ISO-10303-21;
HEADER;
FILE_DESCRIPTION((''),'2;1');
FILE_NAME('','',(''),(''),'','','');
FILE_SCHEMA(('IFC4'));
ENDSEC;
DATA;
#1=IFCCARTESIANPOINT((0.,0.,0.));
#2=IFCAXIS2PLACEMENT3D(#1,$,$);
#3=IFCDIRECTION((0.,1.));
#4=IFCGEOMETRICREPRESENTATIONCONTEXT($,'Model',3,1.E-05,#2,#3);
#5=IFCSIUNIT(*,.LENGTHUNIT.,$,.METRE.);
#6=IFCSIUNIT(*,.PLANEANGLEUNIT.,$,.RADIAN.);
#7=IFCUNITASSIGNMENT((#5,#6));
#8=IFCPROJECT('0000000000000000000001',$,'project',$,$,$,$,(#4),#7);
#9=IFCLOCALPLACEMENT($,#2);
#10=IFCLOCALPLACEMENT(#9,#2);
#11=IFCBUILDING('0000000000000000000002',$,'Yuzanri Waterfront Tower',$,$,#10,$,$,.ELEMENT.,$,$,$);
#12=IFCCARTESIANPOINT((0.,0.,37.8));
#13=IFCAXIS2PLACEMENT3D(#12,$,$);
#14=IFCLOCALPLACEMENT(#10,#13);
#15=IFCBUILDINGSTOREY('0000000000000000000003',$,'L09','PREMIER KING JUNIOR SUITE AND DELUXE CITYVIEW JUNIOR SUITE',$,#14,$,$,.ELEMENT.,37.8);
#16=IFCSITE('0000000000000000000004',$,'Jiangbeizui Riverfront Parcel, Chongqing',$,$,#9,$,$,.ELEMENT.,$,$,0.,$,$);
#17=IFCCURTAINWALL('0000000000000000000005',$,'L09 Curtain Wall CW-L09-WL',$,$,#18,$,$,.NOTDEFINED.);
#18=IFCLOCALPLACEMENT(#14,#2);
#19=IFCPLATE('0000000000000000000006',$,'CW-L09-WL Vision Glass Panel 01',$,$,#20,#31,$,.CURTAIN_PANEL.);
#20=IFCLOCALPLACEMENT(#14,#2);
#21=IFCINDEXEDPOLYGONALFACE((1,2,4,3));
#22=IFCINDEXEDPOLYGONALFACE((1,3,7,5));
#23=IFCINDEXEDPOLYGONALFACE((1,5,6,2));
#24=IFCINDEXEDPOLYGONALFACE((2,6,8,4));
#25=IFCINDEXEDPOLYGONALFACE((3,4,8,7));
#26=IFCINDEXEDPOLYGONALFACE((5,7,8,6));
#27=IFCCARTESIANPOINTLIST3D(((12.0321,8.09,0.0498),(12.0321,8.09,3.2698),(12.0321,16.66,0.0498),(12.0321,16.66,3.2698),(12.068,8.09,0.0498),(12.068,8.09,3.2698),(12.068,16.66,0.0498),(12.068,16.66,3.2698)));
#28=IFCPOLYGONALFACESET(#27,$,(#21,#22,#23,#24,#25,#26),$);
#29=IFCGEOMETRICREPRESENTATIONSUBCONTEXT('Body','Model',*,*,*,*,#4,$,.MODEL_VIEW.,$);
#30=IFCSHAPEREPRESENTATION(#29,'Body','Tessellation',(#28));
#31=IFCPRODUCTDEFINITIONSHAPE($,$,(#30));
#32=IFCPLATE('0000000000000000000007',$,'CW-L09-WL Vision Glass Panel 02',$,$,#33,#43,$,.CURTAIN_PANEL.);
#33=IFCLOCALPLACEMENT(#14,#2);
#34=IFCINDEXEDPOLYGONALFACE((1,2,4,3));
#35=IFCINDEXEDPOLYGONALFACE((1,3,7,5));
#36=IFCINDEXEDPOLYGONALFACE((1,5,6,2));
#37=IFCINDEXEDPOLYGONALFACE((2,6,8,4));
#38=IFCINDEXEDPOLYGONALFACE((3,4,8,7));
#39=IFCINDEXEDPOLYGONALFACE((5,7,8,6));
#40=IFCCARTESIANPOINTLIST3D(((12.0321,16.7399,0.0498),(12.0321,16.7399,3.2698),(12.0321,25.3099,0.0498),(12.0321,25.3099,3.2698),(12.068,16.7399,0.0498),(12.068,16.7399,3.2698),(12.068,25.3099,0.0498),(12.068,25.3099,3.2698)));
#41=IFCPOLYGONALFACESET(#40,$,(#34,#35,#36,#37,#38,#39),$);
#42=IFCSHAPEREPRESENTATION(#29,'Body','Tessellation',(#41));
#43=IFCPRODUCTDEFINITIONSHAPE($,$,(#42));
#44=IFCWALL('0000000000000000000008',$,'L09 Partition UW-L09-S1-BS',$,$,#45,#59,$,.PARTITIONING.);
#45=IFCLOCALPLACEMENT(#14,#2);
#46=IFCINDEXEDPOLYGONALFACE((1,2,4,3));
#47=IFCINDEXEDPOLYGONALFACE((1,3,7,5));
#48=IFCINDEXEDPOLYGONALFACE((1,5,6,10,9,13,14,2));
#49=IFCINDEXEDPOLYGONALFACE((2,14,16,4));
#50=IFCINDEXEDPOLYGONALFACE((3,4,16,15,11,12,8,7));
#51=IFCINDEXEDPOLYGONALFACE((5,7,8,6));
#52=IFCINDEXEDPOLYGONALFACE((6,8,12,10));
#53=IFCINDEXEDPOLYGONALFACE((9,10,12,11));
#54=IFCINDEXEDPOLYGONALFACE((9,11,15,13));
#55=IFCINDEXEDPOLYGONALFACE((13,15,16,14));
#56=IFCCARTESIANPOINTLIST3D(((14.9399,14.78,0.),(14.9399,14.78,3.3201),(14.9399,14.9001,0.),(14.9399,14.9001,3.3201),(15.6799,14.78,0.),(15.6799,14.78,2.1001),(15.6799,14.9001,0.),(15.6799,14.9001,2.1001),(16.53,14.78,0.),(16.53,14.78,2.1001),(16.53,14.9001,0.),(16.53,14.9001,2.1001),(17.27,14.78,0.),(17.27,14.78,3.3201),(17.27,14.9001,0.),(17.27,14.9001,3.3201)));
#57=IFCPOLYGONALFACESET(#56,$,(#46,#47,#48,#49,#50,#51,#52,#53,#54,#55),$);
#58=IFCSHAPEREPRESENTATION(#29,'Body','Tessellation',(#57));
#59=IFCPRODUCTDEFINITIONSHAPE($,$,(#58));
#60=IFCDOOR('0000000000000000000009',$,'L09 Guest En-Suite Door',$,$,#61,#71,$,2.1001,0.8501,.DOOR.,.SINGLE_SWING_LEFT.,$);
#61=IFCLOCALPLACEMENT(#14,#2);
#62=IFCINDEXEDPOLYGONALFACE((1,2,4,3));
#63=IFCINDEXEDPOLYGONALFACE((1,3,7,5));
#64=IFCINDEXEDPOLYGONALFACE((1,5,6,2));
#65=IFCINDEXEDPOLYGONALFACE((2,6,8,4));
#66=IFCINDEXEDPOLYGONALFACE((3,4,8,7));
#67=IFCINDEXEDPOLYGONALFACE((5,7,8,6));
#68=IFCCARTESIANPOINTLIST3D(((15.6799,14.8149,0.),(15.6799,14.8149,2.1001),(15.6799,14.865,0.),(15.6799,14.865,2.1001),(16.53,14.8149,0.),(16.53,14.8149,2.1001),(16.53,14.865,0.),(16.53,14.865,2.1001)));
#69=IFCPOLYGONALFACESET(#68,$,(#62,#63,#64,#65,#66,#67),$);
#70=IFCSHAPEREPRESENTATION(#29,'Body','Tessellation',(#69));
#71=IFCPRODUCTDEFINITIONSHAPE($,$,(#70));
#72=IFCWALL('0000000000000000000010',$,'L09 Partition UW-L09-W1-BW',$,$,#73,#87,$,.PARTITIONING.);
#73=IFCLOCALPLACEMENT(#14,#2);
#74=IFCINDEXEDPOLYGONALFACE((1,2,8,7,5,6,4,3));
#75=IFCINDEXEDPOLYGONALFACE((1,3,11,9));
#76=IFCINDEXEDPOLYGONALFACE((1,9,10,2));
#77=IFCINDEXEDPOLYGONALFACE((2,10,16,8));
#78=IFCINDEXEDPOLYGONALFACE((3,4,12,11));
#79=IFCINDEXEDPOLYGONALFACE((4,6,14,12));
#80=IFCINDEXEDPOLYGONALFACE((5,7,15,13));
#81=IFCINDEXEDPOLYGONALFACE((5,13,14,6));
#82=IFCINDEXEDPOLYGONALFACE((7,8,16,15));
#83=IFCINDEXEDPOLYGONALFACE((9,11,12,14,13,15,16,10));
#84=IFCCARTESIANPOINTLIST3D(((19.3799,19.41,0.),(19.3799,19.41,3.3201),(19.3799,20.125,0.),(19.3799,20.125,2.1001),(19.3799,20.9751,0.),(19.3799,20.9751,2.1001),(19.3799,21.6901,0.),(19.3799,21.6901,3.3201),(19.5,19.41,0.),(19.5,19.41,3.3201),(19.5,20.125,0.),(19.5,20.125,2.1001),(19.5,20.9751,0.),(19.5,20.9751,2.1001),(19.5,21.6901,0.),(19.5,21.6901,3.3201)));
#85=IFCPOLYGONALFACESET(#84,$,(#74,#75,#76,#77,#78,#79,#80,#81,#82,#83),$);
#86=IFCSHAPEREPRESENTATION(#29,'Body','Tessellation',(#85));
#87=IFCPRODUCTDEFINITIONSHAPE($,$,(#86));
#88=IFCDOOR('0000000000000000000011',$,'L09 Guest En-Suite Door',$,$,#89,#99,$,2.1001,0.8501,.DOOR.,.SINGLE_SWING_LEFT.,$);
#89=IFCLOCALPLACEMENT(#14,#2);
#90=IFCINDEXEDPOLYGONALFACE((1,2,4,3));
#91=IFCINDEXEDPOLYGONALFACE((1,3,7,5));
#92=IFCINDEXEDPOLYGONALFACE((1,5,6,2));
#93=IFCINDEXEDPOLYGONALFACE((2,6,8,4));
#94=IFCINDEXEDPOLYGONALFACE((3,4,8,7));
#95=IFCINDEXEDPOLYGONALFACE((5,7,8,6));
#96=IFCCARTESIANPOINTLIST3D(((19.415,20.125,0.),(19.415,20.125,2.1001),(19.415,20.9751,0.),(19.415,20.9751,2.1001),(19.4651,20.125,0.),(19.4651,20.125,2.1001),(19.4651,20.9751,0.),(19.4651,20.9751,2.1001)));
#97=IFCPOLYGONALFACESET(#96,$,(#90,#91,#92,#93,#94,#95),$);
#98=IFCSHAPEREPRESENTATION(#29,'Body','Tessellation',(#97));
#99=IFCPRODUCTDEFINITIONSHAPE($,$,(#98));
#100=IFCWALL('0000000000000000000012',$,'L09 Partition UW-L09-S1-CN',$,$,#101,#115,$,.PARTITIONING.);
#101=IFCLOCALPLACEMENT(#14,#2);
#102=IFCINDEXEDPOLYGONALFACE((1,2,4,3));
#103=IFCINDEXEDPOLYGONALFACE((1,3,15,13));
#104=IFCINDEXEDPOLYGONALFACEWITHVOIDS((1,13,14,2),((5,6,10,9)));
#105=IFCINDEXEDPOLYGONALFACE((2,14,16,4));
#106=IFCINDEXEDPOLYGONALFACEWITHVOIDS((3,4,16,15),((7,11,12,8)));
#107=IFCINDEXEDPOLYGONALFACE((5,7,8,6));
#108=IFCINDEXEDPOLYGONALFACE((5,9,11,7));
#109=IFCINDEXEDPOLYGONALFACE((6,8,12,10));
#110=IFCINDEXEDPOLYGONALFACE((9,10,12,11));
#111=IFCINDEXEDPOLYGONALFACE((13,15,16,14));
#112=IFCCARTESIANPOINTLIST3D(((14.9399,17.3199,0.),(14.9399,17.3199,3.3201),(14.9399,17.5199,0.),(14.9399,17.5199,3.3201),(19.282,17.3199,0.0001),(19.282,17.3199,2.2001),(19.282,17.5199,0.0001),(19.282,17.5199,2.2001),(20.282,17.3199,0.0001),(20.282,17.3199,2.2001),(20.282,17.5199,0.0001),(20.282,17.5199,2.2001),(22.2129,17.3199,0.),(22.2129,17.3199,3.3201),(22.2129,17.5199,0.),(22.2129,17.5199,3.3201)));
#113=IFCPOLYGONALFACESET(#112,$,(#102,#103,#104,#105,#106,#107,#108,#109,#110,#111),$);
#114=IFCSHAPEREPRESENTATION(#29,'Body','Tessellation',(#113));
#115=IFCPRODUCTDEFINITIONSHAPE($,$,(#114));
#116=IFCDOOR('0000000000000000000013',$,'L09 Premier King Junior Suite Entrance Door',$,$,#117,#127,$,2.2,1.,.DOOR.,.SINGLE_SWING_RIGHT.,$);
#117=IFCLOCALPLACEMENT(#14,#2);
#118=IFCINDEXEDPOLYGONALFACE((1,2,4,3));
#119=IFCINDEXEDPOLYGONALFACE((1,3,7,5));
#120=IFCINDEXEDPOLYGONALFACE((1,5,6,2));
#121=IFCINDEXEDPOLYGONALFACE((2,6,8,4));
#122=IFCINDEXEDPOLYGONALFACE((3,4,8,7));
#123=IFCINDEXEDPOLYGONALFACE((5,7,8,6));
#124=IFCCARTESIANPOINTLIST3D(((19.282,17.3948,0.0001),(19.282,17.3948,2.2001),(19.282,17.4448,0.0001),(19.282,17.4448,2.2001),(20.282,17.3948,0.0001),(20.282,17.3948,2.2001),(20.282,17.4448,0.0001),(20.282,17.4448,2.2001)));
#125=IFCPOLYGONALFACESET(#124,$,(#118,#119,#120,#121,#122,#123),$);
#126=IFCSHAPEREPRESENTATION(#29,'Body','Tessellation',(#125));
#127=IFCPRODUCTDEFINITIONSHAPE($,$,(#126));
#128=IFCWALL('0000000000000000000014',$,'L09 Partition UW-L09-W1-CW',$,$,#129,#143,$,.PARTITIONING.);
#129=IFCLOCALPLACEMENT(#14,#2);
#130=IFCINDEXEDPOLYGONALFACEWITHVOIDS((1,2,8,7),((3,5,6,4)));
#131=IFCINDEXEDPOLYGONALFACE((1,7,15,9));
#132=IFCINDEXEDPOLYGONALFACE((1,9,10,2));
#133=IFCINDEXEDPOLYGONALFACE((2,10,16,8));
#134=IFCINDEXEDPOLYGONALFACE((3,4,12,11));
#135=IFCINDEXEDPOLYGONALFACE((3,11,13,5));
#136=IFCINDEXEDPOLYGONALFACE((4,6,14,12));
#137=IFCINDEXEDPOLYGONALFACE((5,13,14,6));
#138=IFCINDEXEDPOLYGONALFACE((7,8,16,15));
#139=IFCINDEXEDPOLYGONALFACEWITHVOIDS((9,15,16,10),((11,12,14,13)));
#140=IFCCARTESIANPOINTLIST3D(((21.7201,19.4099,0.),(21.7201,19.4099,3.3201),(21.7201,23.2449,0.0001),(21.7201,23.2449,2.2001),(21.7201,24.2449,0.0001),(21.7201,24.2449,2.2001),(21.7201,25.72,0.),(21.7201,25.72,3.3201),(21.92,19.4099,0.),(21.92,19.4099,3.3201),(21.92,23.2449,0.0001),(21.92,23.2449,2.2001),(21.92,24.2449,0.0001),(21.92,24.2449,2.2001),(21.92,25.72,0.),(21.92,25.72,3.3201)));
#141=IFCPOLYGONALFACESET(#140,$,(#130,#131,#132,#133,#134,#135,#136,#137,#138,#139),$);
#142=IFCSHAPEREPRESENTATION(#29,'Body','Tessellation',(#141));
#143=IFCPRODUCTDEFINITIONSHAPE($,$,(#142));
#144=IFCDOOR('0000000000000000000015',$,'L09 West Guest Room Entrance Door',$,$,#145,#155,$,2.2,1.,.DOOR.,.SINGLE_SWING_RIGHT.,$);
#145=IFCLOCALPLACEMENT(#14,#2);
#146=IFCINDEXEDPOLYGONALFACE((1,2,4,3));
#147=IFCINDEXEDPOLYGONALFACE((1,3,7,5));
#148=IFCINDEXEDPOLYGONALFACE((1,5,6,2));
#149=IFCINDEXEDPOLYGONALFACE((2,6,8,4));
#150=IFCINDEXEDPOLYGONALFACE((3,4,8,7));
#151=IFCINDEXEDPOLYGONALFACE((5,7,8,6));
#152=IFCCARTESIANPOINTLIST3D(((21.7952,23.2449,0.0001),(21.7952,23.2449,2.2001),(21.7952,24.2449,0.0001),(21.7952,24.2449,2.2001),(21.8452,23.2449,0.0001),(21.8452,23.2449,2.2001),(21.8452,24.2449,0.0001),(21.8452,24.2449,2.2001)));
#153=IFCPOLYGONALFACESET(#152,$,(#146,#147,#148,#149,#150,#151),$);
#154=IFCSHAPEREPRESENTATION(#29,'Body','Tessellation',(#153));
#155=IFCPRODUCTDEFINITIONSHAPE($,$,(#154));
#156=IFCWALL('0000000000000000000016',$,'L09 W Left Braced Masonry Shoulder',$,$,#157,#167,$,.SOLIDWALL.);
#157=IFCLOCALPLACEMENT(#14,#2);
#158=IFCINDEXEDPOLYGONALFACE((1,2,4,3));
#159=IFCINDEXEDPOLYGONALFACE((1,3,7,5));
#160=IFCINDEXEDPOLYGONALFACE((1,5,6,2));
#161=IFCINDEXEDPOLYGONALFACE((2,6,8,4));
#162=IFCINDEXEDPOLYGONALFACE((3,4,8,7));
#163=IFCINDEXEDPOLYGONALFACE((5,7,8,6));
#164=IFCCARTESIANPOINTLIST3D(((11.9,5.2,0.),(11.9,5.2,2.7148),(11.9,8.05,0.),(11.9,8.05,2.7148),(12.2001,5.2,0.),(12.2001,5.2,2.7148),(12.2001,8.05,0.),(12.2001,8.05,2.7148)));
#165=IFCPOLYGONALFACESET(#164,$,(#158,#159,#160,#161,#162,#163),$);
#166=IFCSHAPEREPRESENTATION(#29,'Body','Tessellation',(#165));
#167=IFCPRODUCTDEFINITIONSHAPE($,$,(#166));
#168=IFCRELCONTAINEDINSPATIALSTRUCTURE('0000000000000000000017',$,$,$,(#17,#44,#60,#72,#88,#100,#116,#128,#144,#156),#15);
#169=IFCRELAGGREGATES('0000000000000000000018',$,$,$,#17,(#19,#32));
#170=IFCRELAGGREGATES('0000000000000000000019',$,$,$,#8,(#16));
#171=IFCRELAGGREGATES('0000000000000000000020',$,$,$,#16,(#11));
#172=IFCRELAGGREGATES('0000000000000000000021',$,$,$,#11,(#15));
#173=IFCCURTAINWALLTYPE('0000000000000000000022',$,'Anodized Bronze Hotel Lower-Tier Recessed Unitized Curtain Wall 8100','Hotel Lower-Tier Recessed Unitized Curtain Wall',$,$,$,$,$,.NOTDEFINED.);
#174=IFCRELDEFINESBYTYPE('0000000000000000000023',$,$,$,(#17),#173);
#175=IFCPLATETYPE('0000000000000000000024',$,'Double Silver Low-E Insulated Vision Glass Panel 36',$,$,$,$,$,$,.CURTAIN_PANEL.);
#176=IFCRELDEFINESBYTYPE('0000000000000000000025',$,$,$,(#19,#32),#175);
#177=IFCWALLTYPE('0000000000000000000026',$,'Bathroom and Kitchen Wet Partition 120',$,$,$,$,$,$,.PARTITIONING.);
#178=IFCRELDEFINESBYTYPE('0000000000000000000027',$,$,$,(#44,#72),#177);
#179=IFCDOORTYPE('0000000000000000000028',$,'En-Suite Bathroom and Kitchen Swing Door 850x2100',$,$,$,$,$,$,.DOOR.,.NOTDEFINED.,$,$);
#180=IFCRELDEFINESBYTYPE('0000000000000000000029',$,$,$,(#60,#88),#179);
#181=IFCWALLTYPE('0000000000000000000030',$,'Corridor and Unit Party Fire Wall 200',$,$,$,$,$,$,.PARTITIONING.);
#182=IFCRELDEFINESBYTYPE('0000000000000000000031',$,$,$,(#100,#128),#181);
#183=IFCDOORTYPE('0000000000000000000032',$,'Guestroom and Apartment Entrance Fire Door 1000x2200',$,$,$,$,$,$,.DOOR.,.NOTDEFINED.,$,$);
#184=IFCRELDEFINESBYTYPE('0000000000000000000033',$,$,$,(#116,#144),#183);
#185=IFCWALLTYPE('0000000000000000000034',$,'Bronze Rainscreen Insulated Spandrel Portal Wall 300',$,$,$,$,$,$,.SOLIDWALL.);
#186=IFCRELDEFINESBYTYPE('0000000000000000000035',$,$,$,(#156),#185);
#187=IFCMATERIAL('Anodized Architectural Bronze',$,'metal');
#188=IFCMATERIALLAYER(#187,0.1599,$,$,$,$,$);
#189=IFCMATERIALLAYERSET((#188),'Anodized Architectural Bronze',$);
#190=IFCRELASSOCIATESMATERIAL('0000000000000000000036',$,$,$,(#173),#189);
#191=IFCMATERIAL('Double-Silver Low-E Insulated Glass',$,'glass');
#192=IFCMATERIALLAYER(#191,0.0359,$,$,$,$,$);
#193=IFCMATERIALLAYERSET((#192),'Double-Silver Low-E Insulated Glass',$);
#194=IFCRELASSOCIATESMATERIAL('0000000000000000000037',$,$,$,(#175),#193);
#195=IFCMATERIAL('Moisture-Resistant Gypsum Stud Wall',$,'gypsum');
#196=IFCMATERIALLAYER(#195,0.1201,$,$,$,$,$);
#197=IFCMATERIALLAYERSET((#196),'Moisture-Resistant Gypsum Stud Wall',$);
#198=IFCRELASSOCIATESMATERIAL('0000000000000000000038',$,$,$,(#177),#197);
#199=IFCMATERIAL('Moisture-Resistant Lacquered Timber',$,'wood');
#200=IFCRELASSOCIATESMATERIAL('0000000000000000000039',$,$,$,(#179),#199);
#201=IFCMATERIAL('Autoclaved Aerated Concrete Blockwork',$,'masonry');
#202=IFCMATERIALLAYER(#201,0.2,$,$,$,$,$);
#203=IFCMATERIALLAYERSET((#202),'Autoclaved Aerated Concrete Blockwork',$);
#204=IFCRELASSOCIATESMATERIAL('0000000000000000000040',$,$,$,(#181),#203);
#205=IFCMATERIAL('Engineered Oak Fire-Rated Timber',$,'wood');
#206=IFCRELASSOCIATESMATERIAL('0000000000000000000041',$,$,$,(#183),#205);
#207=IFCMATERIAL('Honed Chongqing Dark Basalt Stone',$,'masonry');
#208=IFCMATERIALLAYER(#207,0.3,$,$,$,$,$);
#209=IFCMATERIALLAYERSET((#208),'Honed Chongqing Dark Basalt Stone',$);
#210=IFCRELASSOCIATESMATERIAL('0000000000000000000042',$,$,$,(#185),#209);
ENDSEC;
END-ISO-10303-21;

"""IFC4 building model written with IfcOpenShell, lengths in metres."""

from ifc_helpers import new_model, si_unit, direction, frame, frame_2d, origin, origin_2d, place, context, subcontext, project, spatial, rectangle, extrude, source, transform, mapped, material, layer, layer_set, type_object, element, fill, aggregate, save


model = new_model("IFC4")

# Units and contexts
model_context = context("Model", 3, precision=1e-05, world=origin(), true_north=direction((0.0, 1.0)))
body_context = subcontext(model_context, "Body", "Model", "MODEL_VIEW")
ifc_project = project(units=[si_unit("LENGTHUNIT", "METRE"), si_unit("PLANEANGLEUNIT", "RADIAN")], contexts=[model_context])

# Site, building, storey
site_placement = place(None, origin())
site = spatial("IfcSite", under=ifc_project, at=site_placement, Name="Jiangbeizui Riverfront Parcel, Chongqing", CompositionType="ELEMENT", RefElevation=0.0)
building_placement = place(site_placement, origin())
building = spatial("IfcBuilding", under=site, at=building_placement, Name="Yuzanri Waterfront Tower", CompositionType="ELEMENT")
storey_placement = place(building_placement, frame((0.0, 0.0, 37.8)))
storey = spatial("IfcBuildingStorey", under=building, at=storey_placement, Name="L09", Description="PREMIER KING JUNIOR SUITE AND DELUXE CITYVIEW JUNIOR SUITE", CompositionType="ELEMENT", Elevation=37.8)

# Curtain wall
ifc_material_1 = material(Name="Anodized Architectural Bronze", Category="metal")
ifc_layer_1 = layer(ifc_material_1, 0.1599)
ifc_layer_set_1 = layer_set([ifc_layer_1], Name="Anodized Architectural Bronze")
curtain_wall_type = type_object("IfcCurtainWallType", Name="Anodized Bronze Hotel Lower-Tier Recessed Unitized Curtain Wall 8100", Description="Hotel Lower-Tier Recessed Unitized Curtain Wall", PredefinedType="NOTDEFINED", material=ifc_layer_set_1)
curtain_wall_placement = place(storey_placement, origin())
curtain_wall = element("IfcCurtainWall", 1, at=curtain_wall_placement, inside=storey, type_object=curtain_wall_type, Name="L09 Curtain Wall CW-L09-WL", PredefinedType="NOTDEFINED")

# Plates
ifc_material_2 = material(Name="Double-Silver Low-E Insulated Glass", Category="glass")
ifc_layer_2 = layer(ifc_material_2, 0.0359)
ifc_layer_set_2 = layer_set([ifc_layer_2], Name="Double-Silver Low-E Insulated Glass")
plate_type_1 = type_object("IfcPlateType", Name="Double Silver Low-E Insulated Vision Glass Panel 36", PredefinedType="CURTAIN_PANEL", material=ifc_layer_set_2)
shared_shape_1 = source(origin(), body_context, "Body", "SweptSolid", [
    extrude(rectangle(XDim=8.5701, YDim=0.0359, at=origin_2d()), origin(), (0.0, 0.0, 1.0), 3.22),
])
plate_1_placement = place(storey_placement, frame((12.05, 12.375, 0.0498), z_axis=(0.0, 0.0, 1.0), x_axis=(0.0, 1.0, 0.0)))
plate_1 = element("IfcPlate", 2, at=plate_1_placement, type_object=plate_type_1, Name="CW-L09-WL Vision Glass Panel 01", PredefinedType="CURTAIN_PANEL", context=body_context, shape_type="MappedRepresentation", body=[
    mapped(shared_shape_1, transform((0.0, 0.0, 0.0), scale=1.0)),
])
plate_2_placement = place(storey_placement, frame((12.05, 21.0249, 0.0498), z_axis=(0.0, 0.0, 1.0), x_axis=(0.0, 1.0, 0.0)))
plate_2 = element("IfcPlate", 3, at=plate_2_placement, type_object=plate_type_1, Name="CW-L09-WL Vision Glass Panel 02", PredefinedType="CURTAIN_PANEL", context=body_context, shape_type="MappedRepresentation", body=[
    mapped(shared_shape_1, transform((0.0, 0.0, 0.0), scale=1.0)),
])
aggregate(curtain_wall, [plate_1, plate_2])

# Walls, openings, doors
ifc_material_3 = material(Name="Moisture-Resistant Gypsum Stud Wall", Category="gypsum")
ifc_layer_3 = layer(ifc_material_3, 0.1201)
ifc_layer_set_3 = layer_set([ifc_layer_3], Name="Moisture-Resistant Gypsum Stud Wall")
wall_type_1 = type_object("IfcWallType", Name="Bathroom and Kitchen Wet Partition 120", PredefinedType="PARTITIONING", material=ifc_layer_set_3)
wall_1_placement = place(storey_placement, frame((14.9399, 14.8401, 0.0), z_axis=(0.0, 0.0, 1.0), x_axis=(1.0, 0.0, 0.0)))
wall_1 = element("IfcWall", 4, at=wall_1_placement, inside=storey, type_object=wall_type_1, Name="L09 Partition UW-L09-S1-BS", PredefinedType="PARTITIONING", context=body_context, shape_type="SweptSolid", body=[
    extrude(rectangle(XDim=2.3301, YDim=0.1201, at=frame_2d((1.165, 0.0))), origin(), (0.0, 0.0, 1.0), 3.3201),
])
opening_1_placement = place(wall_1_placement, frame((0.74, 0.0, 0.0)))
opening_1 = element("IfcOpeningElement", 5, at=opening_1_placement, cuts=wall_1, PredefinedType="OPENING", context=body_context, shape_type="SweptSolid", body=[
    extrude(rectangle(XDim=0.8501, YDim=2.1001, at=frame_2d((0.425, 1.05))), frame((0.0, 0.075, 0.0), z_axis=(0.0, -1.0, 0.0), x_axis=(1.0, 0.0, 0.0)), (0.0, 0.0, 1.0), 0.1499),
])
ifc_material_4 = material(Name="Moisture-Resistant Lacquered Timber", Category="wood")
door_type_1 = type_object("IfcDoorType", Name="En-Suite Bathroom and Kitchen Swing Door 850x2100", OperationType="NOTDEFINED", PredefinedType="DOOR", material=ifc_material_4)
shared_shape_2 = source(origin(), body_context, "Body", "SweptSolid", [
    extrude(rectangle(XDim=0.8501, YDim=2.1001, at=frame_2d((0.425, 1.05))), frame((0.0, 0.0249, 0.0), z_axis=(0.0, -1.0, 0.0), x_axis=(1.0, 0.0, 0.0)), (0.0, 0.0, 1.0), 0.05),
])
door_1_placement = place(opening_1_placement, origin())
door_1 = element("IfcDoor", 6, at=door_1_placement, inside=storey, type_object=door_type_1, Name="L09 Guest En-Suite Door", OperationType="SINGLE_SWING_LEFT", OverallHeight=2.1001, OverallWidth=0.8501, PredefinedType="DOOR", context=body_context, shape_type="MappedRepresentation", body=[
    mapped(shared_shape_2, transform((0.0, 0.0, 0.0), scale=1.0)),
])
fill(opening_1, door_1)
wall_2_placement = place(storey_placement, frame((19.4399, 19.4099, 0.0), z_axis=(0.0, 0.0, 1.0), x_axis=(0.0, 1.0, 0.0)))
wall_2 = element("IfcWall", 7, at=wall_2_placement, inside=storey, type_object=wall_type_1, Name="L09 Partition UW-L09-W1-BW", PredefinedType="PARTITIONING", context=body_context, shape_type="SweptSolid", body=[
    extrude(rectangle(XDim=2.28, YDim=0.1201, at=frame_2d((1.1401, 0.0))), origin(), (0.0, 0.0, 1.0), 3.3201),
])
opening_2_placement = place(wall_2_placement, frame((0.7151, 0.0, 0.0)))
opening_2 = element("IfcOpeningElement", 8, at=opening_2_placement, cuts=wall_2, PredefinedType="OPENING", context=body_context, shape_type="SweptSolid", body=[
    extrude(rectangle(XDim=0.8501, YDim=2.1001, at=frame_2d((0.425, 1.05))), frame((0.0, 0.075, 0.0), z_axis=(0.0, -1.0, 0.0), x_axis=(1.0, 0.0, 0.0)), (0.0, 0.0, 1.0), 0.1499),
])
door_2_placement = place(opening_2_placement, origin())
door_2 = element("IfcDoor", 9, at=door_2_placement, inside=storey, type_object=door_type_1, Name="L09 Guest En-Suite Door", OperationType="SINGLE_SWING_LEFT", OverallHeight=2.1001, OverallWidth=0.8501, PredefinedType="DOOR", context=body_context, shape_type="MappedRepresentation", body=[
    mapped(shared_shape_2, transform((0.0, 0.0, 0.0), scale=1.0)),
])
fill(opening_2, door_2)
ifc_material_5 = material(Name="Autoclaved Aerated Concrete Blockwork", Category="masonry")
ifc_layer_4 = layer(ifc_material_5, 0.2)
ifc_layer_set_4 = layer_set([ifc_layer_4], Name="Autoclaved Aerated Concrete Blockwork")
wall_type_2 = type_object("IfcWallType", Name="Corridor and Unit Party Fire Wall 200", PredefinedType="PARTITIONING", material=ifc_layer_set_4)
wall_3_placement = place(storey_placement, frame((14.9399, 17.4199, 0.0), z_axis=(0.0, 0.0, 1.0), x_axis=(1.0, 0.0, 0.0)))
wall_3 = element("IfcWall", 10, at=wall_3_placement, inside=storey, type_object=wall_type_2, Name="L09 Partition UW-L09-S1-CN", PredefinedType="PARTITIONING", context=body_context, shape_type="SweptSolid", body=[
    extrude(rectangle(XDim=7.2729, YDim=0.2, at=frame_2d((3.6365, 0.0))), origin(), (0.0, 0.0, 1.0), 3.3201),
])
opening_3_placement = place(wall_3_placement, frame((4.342, 0.0, 0.0)))
opening_3 = element("IfcOpeningElement", 11, at=opening_3_placement, cuts=wall_3, PredefinedType="OPENING", context=body_context, shape_type="SweptSolid", body=[
    extrude(rectangle(XDim=1.0, YDim=2.2, at=frame_2d((0.5, 1.1001))), frame((0.0, 0.1147, 0.0), z_axis=(0.0, -1.0, 0.0), x_axis=(1.0, 0.0, 0.0)), (0.0, 0.0, 1.0), 0.2297),
])
ifc_material_6 = material(Name="Engineered Oak Fire-Rated Timber", Category="wood")
door_type_2 = type_object("IfcDoorType", Name="Guestroom and Apartment Entrance Fire Door 1000x2200", OperationType="NOTDEFINED", PredefinedType="DOOR", material=ifc_material_6)
shared_shape_3 = source(origin(), body_context, "Body", "SweptSolid", [
    extrude(rectangle(XDim=1.0, YDim=2.2, at=frame_2d((0.5, 1.1001))), frame((0.0, 0.0249, 0.0), z_axis=(0.0, -1.0, 0.0), x_axis=(1.0, 0.0, 0.0)), (0.0, 0.0, 1.0), 0.05),
])
door_3_placement = place(opening_3_placement, origin())
door_3 = element("IfcDoor", 12, at=door_3_placement, inside=storey, type_object=door_type_2, Name="L09 Premier King Junior Suite Entrance Door", OperationType="SINGLE_SWING_RIGHT", OverallHeight=2.2, OverallWidth=1.0, PredefinedType="DOOR", context=body_context, shape_type="MappedRepresentation", body=[
    mapped(shared_shape_3, transform((0.0, 0.0, 0.0), scale=1.0)),
])
fill(opening_3, door_3)
wall_4_placement = place(storey_placement, frame((21.8201, 19.4099, 0.0), z_axis=(0.0, 0.0, 1.0), x_axis=(0.0, 1.0, 0.0)))
wall_4 = element("IfcWall", 13, at=wall_4_placement, inside=storey, type_object=wall_type_2, Name="L09 Partition UW-L09-W1-CW", PredefinedType="PARTITIONING", context=body_context, shape_type="SweptSolid", body=[
    extrude(rectangle(XDim=6.3101, YDim=0.2, at=frame_2d((3.155, 0.0))), origin(), (0.0, 0.0, 1.0), 3.3201),
])
opening_4_placement = place(wall_4_placement, frame((3.835, 0.0, 0.0)))
opening_4 = element("IfcOpeningElement", 14, at=opening_4_placement, cuts=wall_4, PredefinedType="OPENING", context=body_context, shape_type="SweptSolid", body=[
    extrude(rectangle(XDim=1.0, YDim=2.2, at=frame_2d((0.5, 1.1001))), frame((0.0, 0.1147, 0.0), z_axis=(0.0, -1.0, 0.0), x_axis=(1.0, 0.0, 0.0)), (0.0, 0.0, 1.0), 0.2297),
])
door_4_placement = place(opening_4_placement, origin())
door_4 = element("IfcDoor", 15, at=door_4_placement, inside=storey, type_object=door_type_2, Name="L09 West Guest Room Entrance Door", OperationType="SINGLE_SWING_RIGHT", OverallHeight=2.2, OverallWidth=1.0, PredefinedType="DOOR", context=body_context, shape_type="MappedRepresentation", body=[
    mapped(shared_shape_3, transform((0.0, 0.0, 0.0), scale=1.0)),
])
fill(opening_4, door_4)

# Wall
ifc_material_7 = material(Name="Honed Chongqing Dark Basalt Stone", Category="masonry")
ifc_layer_5 = layer(ifc_material_7, 0.3)
ifc_layer_set_5 = layer_set([ifc_layer_5], Name="Honed Chongqing Dark Basalt Stone")
wall_type_3 = type_object("IfcWallType", Name="Bronze Rainscreen Insulated Spandrel Portal Wall 300", PredefinedType="SOLIDWALL", material=ifc_layer_set_5)
shared_shape_4 = source(origin(), body_context, "Body", "SweptSolid", [
    extrude(rectangle(XDim=2.8501, YDim=0.3, at=frame_2d((1.425, 0.0))), origin(), (0.0, 0.0, 1.0), 2.7148),
])
wall_5_placement = place(storey_placement, frame((12.05, 5.2, 0.0), z_axis=(0.0, 0.0, 1.0), x_axis=(0.0, 1.0, 0.0)))
element("IfcWall", 16, at=wall_5_placement, inside=storey, type_object=wall_type_3, Name="L09 W Left Braced Masonry Shoulder", PredefinedType="SOLIDWALL", context=body_context, shape_type="MappedRepresentation", body=[
    mapped(shared_shape_4, transform((0.0, 0.0, 0.0), scale=1.0)),
])

save(model, "model.ifc")
